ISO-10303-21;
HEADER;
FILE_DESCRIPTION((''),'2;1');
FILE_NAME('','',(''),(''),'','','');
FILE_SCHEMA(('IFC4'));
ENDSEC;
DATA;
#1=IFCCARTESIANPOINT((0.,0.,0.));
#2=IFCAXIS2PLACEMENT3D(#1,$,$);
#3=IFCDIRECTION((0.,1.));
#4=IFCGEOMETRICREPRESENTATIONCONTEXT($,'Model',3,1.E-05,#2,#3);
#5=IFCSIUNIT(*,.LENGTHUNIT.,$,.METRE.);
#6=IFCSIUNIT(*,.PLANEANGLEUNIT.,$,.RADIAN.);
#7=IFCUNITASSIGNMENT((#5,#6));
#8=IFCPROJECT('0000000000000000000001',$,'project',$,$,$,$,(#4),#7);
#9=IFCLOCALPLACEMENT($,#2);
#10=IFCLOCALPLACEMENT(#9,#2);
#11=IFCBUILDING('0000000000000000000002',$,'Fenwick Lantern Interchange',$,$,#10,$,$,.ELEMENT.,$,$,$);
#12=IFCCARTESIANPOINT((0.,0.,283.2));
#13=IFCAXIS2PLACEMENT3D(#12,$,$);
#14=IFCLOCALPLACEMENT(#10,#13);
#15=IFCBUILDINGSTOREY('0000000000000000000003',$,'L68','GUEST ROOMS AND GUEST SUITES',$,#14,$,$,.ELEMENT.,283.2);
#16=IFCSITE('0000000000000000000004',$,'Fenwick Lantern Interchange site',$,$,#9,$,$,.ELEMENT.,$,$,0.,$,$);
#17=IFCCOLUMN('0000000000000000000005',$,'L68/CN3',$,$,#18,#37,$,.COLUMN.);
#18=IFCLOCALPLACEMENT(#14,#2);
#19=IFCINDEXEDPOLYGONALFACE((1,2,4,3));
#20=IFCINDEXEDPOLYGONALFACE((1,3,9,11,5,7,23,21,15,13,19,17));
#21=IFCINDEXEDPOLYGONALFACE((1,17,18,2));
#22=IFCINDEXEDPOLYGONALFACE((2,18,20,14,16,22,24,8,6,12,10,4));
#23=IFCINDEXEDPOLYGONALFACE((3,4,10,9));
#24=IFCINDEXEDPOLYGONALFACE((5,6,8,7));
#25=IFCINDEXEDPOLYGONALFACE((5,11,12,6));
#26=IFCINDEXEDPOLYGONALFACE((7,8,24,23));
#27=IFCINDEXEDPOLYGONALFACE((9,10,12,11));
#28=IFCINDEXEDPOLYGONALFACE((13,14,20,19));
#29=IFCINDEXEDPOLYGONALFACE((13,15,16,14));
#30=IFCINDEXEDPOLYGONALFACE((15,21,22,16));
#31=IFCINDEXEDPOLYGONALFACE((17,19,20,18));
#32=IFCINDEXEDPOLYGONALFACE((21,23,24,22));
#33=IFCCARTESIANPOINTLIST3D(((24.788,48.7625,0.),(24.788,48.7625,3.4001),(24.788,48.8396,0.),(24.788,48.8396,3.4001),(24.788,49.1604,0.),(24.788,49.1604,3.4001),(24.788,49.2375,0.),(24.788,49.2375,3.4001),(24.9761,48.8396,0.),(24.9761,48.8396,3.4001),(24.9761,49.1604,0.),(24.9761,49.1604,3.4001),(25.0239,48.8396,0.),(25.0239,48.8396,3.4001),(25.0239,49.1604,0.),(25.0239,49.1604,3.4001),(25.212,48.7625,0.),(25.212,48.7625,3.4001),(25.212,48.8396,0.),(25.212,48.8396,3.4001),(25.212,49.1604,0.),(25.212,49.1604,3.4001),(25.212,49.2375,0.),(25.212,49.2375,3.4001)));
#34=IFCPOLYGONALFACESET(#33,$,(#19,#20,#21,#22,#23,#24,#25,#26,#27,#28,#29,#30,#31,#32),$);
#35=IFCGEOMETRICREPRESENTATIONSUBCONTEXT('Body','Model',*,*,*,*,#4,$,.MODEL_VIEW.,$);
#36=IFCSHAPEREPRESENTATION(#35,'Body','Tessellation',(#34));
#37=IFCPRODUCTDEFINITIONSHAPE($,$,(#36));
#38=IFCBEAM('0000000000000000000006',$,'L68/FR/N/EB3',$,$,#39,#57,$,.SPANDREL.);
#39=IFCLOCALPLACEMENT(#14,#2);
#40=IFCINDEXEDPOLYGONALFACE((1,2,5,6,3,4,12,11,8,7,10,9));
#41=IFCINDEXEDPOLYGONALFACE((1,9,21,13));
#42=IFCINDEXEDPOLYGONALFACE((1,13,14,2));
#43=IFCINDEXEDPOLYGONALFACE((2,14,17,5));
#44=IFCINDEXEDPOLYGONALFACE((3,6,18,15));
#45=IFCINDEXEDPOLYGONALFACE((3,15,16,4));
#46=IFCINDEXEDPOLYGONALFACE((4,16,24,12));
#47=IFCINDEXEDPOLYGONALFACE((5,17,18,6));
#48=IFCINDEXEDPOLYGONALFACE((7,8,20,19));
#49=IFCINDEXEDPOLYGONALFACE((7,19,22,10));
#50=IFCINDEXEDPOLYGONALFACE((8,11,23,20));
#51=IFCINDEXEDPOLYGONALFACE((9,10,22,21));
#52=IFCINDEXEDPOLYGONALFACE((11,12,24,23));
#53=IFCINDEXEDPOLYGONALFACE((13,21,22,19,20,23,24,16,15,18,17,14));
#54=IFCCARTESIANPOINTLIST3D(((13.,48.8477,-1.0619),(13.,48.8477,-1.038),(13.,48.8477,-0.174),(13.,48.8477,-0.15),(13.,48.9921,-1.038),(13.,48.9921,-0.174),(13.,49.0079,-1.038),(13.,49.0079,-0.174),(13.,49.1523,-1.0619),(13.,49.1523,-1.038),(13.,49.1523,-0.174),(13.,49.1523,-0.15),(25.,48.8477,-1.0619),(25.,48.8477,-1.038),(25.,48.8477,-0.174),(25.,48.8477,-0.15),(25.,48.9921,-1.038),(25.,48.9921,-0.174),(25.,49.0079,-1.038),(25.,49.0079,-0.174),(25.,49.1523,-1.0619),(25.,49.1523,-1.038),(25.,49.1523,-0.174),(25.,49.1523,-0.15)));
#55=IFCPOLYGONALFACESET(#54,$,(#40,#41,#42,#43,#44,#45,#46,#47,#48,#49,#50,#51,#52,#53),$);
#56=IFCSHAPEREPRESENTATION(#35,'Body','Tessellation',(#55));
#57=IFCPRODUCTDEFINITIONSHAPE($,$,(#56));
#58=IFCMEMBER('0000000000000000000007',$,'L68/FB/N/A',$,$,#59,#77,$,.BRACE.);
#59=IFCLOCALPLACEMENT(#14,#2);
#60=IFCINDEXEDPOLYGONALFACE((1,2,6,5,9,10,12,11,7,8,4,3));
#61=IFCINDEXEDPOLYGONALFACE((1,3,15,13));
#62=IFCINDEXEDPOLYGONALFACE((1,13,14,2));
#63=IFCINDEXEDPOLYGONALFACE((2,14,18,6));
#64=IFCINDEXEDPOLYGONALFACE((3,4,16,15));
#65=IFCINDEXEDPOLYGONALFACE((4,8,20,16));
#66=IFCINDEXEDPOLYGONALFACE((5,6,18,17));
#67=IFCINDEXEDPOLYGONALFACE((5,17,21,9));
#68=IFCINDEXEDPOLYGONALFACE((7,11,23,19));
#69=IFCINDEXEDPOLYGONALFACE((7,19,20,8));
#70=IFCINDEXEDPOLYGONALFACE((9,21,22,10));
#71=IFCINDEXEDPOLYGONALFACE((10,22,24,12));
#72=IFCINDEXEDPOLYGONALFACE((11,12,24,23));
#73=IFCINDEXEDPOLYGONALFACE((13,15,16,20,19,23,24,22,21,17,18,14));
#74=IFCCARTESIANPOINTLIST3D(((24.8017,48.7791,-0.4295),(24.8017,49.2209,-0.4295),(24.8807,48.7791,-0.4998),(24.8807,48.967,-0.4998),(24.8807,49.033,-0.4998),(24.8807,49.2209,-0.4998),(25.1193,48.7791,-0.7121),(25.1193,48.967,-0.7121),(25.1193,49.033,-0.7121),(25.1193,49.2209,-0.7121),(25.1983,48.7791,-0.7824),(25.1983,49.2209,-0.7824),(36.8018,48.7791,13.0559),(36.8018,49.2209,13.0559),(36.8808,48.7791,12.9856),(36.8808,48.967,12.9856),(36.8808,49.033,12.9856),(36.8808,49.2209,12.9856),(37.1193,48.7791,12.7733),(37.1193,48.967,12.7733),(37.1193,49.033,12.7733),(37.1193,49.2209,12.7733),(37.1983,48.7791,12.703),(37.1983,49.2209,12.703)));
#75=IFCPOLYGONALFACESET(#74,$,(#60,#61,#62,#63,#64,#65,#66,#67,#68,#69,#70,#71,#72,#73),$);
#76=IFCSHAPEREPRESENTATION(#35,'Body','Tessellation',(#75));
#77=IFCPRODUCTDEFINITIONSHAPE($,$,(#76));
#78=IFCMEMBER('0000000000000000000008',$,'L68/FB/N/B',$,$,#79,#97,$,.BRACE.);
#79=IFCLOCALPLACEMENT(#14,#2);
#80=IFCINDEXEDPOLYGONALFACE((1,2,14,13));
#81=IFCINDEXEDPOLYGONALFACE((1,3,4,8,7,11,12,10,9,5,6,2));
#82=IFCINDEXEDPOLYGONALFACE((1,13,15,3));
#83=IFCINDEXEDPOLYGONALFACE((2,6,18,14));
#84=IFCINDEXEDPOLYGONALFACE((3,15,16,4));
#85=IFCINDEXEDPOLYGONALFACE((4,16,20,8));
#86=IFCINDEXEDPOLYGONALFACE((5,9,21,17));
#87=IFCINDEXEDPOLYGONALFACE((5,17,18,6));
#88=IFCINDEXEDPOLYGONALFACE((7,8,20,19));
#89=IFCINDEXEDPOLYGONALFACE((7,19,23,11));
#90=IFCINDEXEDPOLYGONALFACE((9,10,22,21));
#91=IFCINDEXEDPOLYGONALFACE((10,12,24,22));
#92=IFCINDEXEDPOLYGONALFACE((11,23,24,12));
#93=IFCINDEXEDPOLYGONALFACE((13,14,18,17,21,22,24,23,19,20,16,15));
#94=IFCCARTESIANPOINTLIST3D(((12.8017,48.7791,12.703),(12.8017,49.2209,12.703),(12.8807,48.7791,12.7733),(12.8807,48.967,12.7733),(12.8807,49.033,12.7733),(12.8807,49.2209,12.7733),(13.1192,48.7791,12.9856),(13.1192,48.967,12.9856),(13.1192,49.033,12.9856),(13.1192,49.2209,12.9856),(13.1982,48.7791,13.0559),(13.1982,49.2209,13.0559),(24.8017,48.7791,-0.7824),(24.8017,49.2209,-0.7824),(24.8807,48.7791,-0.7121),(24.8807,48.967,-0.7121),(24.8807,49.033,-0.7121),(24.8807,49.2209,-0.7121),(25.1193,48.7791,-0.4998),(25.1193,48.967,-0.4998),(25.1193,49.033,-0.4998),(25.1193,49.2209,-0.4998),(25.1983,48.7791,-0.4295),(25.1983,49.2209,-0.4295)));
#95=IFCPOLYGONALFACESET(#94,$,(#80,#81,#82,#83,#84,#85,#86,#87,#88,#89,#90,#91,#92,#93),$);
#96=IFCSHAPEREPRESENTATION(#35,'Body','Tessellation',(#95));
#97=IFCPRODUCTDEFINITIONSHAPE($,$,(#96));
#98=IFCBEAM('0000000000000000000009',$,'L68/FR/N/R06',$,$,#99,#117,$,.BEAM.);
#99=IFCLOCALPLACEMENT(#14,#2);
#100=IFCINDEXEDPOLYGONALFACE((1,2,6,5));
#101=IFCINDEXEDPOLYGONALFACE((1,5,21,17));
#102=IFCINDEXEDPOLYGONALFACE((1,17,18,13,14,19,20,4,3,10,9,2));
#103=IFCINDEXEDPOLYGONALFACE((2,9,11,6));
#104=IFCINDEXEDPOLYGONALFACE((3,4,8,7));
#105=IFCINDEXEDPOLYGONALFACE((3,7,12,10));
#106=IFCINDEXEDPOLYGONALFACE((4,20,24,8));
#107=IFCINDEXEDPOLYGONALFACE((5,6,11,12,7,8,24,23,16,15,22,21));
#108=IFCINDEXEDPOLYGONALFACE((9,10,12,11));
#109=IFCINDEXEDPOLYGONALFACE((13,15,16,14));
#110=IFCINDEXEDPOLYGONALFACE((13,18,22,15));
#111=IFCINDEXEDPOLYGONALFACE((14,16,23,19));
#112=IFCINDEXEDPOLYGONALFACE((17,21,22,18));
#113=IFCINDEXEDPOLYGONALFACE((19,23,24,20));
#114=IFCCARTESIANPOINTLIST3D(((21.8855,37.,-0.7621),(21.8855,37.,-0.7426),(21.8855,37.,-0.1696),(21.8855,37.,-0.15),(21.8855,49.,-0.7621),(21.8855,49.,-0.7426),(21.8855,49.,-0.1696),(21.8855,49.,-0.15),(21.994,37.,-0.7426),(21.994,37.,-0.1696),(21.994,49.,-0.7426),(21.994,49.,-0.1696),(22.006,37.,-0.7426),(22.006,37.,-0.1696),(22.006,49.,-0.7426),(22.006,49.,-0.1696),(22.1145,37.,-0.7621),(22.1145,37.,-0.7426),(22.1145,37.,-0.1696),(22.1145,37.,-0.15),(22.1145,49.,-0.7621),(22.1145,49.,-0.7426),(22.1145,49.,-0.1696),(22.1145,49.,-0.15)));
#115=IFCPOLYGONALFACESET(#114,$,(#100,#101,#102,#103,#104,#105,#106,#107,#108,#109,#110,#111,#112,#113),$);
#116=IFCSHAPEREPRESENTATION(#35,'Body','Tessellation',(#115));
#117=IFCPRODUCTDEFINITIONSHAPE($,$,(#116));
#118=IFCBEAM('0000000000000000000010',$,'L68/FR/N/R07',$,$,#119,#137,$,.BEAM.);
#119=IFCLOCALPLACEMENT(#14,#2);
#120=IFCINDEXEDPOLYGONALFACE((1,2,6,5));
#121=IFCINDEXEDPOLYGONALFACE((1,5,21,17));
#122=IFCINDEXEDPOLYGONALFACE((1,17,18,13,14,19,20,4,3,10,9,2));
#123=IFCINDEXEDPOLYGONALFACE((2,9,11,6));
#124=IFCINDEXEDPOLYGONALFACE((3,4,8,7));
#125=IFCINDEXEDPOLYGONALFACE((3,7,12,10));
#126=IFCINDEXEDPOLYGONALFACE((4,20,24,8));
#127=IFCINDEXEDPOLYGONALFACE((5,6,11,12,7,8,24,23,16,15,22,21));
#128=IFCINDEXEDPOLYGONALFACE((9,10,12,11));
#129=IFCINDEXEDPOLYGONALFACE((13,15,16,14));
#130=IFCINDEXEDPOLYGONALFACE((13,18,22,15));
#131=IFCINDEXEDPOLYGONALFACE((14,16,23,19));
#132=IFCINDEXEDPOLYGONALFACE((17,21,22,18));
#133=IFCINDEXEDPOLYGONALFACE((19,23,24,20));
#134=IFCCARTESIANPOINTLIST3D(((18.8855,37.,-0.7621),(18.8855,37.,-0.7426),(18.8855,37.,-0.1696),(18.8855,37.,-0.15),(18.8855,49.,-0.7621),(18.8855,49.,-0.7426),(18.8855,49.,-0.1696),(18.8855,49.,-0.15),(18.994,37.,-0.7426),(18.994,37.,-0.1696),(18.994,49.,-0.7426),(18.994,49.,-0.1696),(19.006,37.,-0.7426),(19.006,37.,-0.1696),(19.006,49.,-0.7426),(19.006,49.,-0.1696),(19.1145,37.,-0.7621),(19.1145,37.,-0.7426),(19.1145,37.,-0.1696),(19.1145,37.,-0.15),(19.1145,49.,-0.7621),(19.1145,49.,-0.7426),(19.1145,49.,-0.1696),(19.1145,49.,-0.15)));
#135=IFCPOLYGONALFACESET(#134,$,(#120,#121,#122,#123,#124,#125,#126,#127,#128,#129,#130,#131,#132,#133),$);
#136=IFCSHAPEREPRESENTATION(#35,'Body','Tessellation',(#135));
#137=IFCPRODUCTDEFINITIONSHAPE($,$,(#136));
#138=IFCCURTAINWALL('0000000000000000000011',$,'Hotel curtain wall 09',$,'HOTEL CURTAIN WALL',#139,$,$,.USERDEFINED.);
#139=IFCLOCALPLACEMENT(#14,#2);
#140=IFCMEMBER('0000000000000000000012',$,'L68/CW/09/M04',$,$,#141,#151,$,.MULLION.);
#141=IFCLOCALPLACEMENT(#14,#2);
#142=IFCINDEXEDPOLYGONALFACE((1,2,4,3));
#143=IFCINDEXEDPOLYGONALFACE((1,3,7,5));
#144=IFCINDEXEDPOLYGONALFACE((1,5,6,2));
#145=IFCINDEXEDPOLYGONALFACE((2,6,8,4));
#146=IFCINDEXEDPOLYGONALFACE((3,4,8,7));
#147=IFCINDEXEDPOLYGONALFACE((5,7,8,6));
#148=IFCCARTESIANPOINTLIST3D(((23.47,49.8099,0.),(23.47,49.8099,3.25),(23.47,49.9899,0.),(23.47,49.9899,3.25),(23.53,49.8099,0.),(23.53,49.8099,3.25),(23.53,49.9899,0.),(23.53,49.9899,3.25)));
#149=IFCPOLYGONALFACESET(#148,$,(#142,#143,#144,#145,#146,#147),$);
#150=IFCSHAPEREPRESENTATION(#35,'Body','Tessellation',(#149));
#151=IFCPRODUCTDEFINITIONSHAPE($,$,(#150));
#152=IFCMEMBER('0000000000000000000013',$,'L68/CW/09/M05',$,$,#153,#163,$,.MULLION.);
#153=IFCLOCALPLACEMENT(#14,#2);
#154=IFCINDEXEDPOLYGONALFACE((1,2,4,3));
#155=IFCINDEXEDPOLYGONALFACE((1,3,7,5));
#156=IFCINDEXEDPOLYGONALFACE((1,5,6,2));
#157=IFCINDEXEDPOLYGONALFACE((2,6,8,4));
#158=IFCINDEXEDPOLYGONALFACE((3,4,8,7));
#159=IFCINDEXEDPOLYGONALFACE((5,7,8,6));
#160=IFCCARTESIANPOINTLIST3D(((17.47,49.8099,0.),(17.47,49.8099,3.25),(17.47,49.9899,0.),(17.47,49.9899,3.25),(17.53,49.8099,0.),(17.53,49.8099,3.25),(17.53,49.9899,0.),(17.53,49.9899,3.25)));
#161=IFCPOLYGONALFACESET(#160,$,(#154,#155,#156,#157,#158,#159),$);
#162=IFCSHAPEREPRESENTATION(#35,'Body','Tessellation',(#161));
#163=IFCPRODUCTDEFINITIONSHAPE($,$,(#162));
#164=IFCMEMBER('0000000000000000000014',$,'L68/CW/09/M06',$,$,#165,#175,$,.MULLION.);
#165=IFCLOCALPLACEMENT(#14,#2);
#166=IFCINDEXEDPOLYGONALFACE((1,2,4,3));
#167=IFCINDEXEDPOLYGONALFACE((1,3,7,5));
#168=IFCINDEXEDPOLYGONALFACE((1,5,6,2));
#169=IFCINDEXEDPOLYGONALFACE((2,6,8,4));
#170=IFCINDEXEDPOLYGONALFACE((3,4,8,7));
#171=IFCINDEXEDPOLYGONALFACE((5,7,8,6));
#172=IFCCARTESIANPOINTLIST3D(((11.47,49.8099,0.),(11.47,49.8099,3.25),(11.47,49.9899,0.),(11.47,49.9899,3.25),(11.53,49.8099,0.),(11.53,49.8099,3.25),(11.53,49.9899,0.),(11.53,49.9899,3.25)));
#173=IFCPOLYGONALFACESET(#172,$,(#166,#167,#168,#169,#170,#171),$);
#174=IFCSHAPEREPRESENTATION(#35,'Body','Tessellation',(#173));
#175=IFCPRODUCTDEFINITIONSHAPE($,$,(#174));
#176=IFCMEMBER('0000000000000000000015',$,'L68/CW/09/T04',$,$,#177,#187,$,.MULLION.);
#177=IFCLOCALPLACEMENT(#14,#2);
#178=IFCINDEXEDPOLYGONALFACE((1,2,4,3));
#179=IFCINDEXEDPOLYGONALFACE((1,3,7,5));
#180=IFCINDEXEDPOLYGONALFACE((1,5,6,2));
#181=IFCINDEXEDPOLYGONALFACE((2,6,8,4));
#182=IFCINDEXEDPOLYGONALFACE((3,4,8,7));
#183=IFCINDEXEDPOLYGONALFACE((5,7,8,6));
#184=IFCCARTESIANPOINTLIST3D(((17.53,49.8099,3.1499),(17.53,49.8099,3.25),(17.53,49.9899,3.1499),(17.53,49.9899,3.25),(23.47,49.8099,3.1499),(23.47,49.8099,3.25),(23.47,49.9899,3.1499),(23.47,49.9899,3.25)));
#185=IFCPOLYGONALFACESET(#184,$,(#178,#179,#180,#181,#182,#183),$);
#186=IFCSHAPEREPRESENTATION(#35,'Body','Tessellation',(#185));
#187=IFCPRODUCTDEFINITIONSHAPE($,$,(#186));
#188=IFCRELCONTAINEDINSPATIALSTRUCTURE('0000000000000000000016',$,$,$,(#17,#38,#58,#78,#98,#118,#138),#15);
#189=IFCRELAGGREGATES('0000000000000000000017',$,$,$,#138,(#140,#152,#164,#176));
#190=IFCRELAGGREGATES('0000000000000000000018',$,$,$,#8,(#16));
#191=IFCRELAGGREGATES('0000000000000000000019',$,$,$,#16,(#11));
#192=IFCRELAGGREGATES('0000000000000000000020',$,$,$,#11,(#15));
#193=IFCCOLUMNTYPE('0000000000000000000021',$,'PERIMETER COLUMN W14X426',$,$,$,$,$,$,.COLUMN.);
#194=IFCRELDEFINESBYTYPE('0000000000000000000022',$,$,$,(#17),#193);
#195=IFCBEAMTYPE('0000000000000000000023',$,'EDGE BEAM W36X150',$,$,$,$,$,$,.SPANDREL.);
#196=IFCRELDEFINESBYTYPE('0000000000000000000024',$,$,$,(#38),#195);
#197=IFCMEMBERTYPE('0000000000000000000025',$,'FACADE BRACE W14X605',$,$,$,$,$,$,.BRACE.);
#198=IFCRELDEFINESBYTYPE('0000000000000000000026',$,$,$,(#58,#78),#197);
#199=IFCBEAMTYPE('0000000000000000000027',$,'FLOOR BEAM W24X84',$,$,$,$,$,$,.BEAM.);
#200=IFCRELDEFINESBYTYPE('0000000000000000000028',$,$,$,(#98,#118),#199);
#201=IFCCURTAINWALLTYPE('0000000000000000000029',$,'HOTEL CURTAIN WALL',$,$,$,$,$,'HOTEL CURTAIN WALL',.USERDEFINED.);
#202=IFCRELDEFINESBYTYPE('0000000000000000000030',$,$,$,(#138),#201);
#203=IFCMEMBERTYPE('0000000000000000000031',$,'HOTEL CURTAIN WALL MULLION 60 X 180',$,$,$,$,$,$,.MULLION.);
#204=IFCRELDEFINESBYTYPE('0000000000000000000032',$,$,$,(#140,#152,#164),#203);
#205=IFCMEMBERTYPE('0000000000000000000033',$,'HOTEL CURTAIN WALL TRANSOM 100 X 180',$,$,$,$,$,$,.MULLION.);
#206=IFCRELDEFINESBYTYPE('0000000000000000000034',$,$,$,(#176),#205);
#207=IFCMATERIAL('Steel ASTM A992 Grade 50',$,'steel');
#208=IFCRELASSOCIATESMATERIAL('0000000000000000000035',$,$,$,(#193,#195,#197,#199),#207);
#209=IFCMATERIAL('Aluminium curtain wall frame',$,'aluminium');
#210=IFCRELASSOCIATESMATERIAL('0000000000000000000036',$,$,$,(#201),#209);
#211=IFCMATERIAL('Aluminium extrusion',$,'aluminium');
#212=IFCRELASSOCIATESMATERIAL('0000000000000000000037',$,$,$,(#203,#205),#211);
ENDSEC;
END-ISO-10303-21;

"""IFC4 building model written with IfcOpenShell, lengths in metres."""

from ifc_helpers import new_model, si_unit, direction, frame, origin, origin_2d, place, context, subcontext, project, spatial, rectangle, i_section, extrude, material, material_profile, profile_set, type_object, element, aggregate, save


model = new_model("IFC4")

# Units and contexts
model_context = context("Model", 3, precision=1e-05, world=origin(), true_north=direction((0.0, 1.0)))
body_context = subcontext(model_context, "Body", "Model", "MODEL_VIEW")
ifc_project = project(units=[si_unit("LENGTHUNIT", "METRE"), si_unit("PLANEANGLEUNIT", "RADIAN")], contexts=[model_context])

# Site, building, storey
site_placement = place(None, origin())
site = spatial("IfcSite", under=ifc_project, at=site_placement, Name="Fenwick Lantern Interchange site", CompositionType="ELEMENT", RefElevation=0.0)
building_placement = place(site_placement, origin())
building = spatial("IfcBuilding", under=site, at=building_placement, Name="Fenwick Lantern Interchange", CompositionType="ELEMENT")
storey_placement = place(building_placement, frame((0.0, 0.0, 283.2)))
storey = spatial("IfcBuildingStorey", under=building, at=storey_placement, Name="L68", Description="GUEST ROOMS AND GUEST SUITES", CompositionType="ELEMENT", Elevation=283.2)

# Column
ifc_material_1 = material(Name="Steel ASTM A992 Grade 50", Category="steel")
ifc_material_profile_1 = material_profile(ifc_material_1, i_section(OverallWidth=0.4241, OverallDepth=0.4751, WebThickness=0.0479, FlangeThickness=0.0771, at=origin_2d()), Name="W14X426")
ifc_profile_set_1 = profile_set([ifc_material_profile_1], Name="Steel ASTM A992 Grade 50")
column_type = type_object("IfcColumnType", Name="PERIMETER COLUMN W14X426", PredefinedType="COLUMN", material=ifc_profile_set_1)
column_placement = place(storey_placement, frame((25.0, 49.0, 0.0), z_axis=(0.0, 0.0, 1.0), x_axis=(1.0, 0.0, 0.0)))
element("IfcColumn", 1, at=column_placement, inside=storey, type_object=column_type, Name="L68/CN3", PredefinedType="COLUMN", context=body_context, shape_type="SweptSolid", body=[
    extrude(i_section(OverallWidth=0.4241, OverallDepth=0.4751, WebThickness=0.0479, FlangeThickness=0.0771, at=origin_2d()), origin(), (0.0, 0.0, 1.0), 3.4001),
])

# Beam
ifc_material_profile_2 = material_profile(ifc_material_1, i_section(OverallWidth=0.3047, OverallDepth=0.9119, WebThickness=0.0159, FlangeThickness=0.0239, at=origin_2d()), Name="W36X150")
ifc_profile_set_2 = profile_set([ifc_material_profile_2], Name="Steel ASTM A992 Grade 50")
beam_type_1 = type_object("IfcBeamType", Name="EDGE BEAM W36X150", PredefinedType="SPANDREL", material=ifc_profile_set_2)
beam_1_placement = place(storey_placement, frame((25.0, 49.0, -0.606), z_axis=(-1.0, 0.0, 0.0), x_axis=(0.0, -1.0, 0.0)))
element("IfcBeam", 2, at=beam_1_placement, inside=storey, type_object=beam_type_1, Name="L68/FR/N/EB3", PredefinedType="SPANDREL", context=body_context, shape_type="SweptSolid", body=[
    extrude(i_section(OverallWidth=0.3047, OverallDepth=0.9119, WebThickness=0.0159, FlangeThickness=0.0239, at=origin_2d()), origin(), (0.0, 0.0, 1.0), 12.0),
])

# Members
ifc_material_profile_3 = material_profile(ifc_material_1, i_section(OverallWidth=0.4419, OverallDepth=0.5308, WebThickness=0.0659, FlangeThickness=0.1057, at=origin_2d()), Name="W14X605")
ifc_profile_set_3 = profile_set([ifc_material_profile_3], Name="Steel ASTM A992 Grade 50")
member_type_1 = type_object("IfcMemberType", Name="FACADE BRACE W14X605", PredefinedType="BRACE", material=ifc_profile_set_3)
for number, where, z_axis, x_axis, name in (
    (3, (25.0, 49.0, -0.606), (0.664767, 0.0, 0.747051), (0.0, 1.0, 0.0), "L68/FB/N/A"),
    (4, (25.0, 49.0, -0.606), (-0.664767, 0.0, 0.747051), (0.0, -1.0, 0.0), "L68/FB/N/B"),
):
    element("IfcMember", number, at=place(storey_placement, frame(where, z_axis=z_axis, x_axis=x_axis)), inside=storey, type_object=member_type_1, Name=name, PredefinedType="BRACE", context=body_context, shape_type="SweptSolid", body=[
        extrude(i_section(OverallWidth=0.4419, OverallDepth=0.5308, WebThickness=0.0659, FlangeThickness=0.1057, at=origin_2d()), origin(), (0.0, 0.0, 1.0), 18.0515),
    ])

# Beams
ifc_material_profile_4 = material_profile(ifc_material_1, i_section(OverallWidth=0.229, OverallDepth=0.6121, WebThickness=0.012, FlangeThickness=0.0195, at=origin_2d()), Name="W24X84")
ifc_profile_set_4 = profile_set([ifc_material_profile_4], Name="Steel ASTM A992 Grade 50")
beam_type_2 = type_object("IfcBeamType", Name="FLOOR BEAM W24X84", PredefinedType="BEAM", material=ifc_profile_set_4)
for number, where, z_axis, x_axis, name in (
    (5, (22.0, 49.0, -0.4561), (0.0, -1.0, 0.0), (1.0, 0.0, 0.0), "L68/FR/N/R06"),
    (6, (19.0, 49.0, -0.4561), (0.0, -1.0, 0.0), (1.0, 0.0, 0.0), "L68/FR/N/R07"),
):
    element("IfcBeam", number, at=place(storey_placement, frame(where, z_axis=z_axis, x_axis=x_axis)), inside=storey, type_object=beam_type_2, Name=name, PredefinedType="BEAM", context=body_context, shape_type="SweptSolid", body=[
        extrude(i_section(OverallWidth=0.229, OverallDepth=0.6121, WebThickness=0.012, FlangeThickness=0.0195, at=origin_2d()), origin(), (0.0, 0.0, 1.0), 12.0),
    ])

# Curtain wall, members
ifc_material_2 = material(Name="Aluminium curtain wall frame", Category="aluminium")
curtain_wall_type = type_object("IfcCurtainWallType", Name="HOTEL CURTAIN WALL", ElementType="HOTEL CURTAIN WALL", PredefinedType="USERDEFINED", material=ifc_material_2)
curtain_wall_placement = place(storey_placement, origin())
curtain_wall = element("IfcCurtainWall", 7, at=curtain_wall_placement, inside=storey, type_object=curtain_wall_type, Name="Hotel curtain wall 09", ObjectType="HOTEL CURTAIN WALL", PredefinedType="USERDEFINED")
ifc_material_3 = material(Name="Aluminium extrusion", Category="aluminium")
ifc_material_profile_5 = material_profile(ifc_material_3, rectangle(XDim=0.1799, YDim=0.0601, at=origin_2d()), Name="HOTEL CURTAIN WALL MULLION 60 X 180")
ifc_profile_set_5 = profile_set([ifc_material_profile_5], Name="Aluminium extrusion")
member_type_2 = type_object("IfcMemberType", Name="HOTEL CURTAIN WALL MULLION 60 X 180", PredefinedType="MULLION", material=ifc_profile_set_5)
member_1_placement = place(storey_placement, frame((23.5, 49.8999, 0.0), z_axis=(0.0, 0.0, 1.0), x_axis=(0.0, -1.0, 0.0)))
member_1 = element("IfcMember", 8, at=member_1_placement, type_object=member_type_2, Name="L68/CW/09/M04", PredefinedType="MULLION", context=body_context, shape_type="SweptSolid", body=[
    extrude(rectangle(XDim=0.1799, YDim=0.0601, at=origin_2d()), origin(), (0.0, 0.0, 1.0), 3.25),
])
member_2_placement = place(storey_placement, frame((17.5, 49.8999, 0.0), z_axis=(0.0, 0.0, 1.0), x_axis=(0.0, -1.0, 0.0)))
member_2 = element("IfcMember", 9, at=member_2_placement, type_object=member_type_2, Name="L68/CW/09/M05", PredefinedType="MULLION", context=body_context, shape_type="SweptSolid", body=[
    extrude(rectangle(XDim=0.1799, YDim=0.0601, at=origin_2d()), origin(), (0.0, 0.0, 1.0), 3.25),
])
member_3_placement = place(storey_placement, frame((11.5, 49.8999, 0.0), z_axis=(0.0, 0.0, 1.0), x_axis=(0.0, -1.0, 0.0)))
member_3 = element("IfcMember", 10, at=member_3_placement, type_object=member_type_2, Name="L68/CW/09/M06", PredefinedType="MULLION", context=body_context, shape_type="SweptSolid", body=[
    extrude(rectangle(XDim=0.1799, YDim=0.0601, at=origin_2d()), origin(), (0.0, 0.0, 1.0), 3.25),
])
ifc_material_profile_6 = material_profile(ifc_material_3, rectangle(XDim=0.1799, YDim=0.1001, at=origin_2d()), Name="HOTEL CURTAIN WALL TRANSOM 100 X 180")
ifc_profile_set_6 = profile_set([ifc_material_profile_6], Name="Aluminium extrusion")
member_type_3 = type_object("IfcMemberType", Name="HOTEL CURTAIN WALL TRANSOM 100 X 180", PredefinedType="MULLION", material=ifc_profile_set_6)
member_4_placement = place(storey_placement, frame((23.47, 49.8999, 3.2), z_axis=(-1.0, 0.0, 0.0), x_axis=(0.0, -1.0, 0.0)))
member_4 = element("IfcMember", 11, at=member_4_placement, type_object=member_type_3, Name="L68/CW/09/T04", PredefinedType="MULLION", context=body_context, shape_type="SweptSolid", body=[
    extrude(rectangle(XDim=0.1799, YDim=0.1001, at=origin_2d()), origin(), (0.0, 0.0, 1.0), 5.9399),
])

aggregate(curtain_wall, [member_1, member_2, member_3, member_4])

save(model, "model.ifc")
